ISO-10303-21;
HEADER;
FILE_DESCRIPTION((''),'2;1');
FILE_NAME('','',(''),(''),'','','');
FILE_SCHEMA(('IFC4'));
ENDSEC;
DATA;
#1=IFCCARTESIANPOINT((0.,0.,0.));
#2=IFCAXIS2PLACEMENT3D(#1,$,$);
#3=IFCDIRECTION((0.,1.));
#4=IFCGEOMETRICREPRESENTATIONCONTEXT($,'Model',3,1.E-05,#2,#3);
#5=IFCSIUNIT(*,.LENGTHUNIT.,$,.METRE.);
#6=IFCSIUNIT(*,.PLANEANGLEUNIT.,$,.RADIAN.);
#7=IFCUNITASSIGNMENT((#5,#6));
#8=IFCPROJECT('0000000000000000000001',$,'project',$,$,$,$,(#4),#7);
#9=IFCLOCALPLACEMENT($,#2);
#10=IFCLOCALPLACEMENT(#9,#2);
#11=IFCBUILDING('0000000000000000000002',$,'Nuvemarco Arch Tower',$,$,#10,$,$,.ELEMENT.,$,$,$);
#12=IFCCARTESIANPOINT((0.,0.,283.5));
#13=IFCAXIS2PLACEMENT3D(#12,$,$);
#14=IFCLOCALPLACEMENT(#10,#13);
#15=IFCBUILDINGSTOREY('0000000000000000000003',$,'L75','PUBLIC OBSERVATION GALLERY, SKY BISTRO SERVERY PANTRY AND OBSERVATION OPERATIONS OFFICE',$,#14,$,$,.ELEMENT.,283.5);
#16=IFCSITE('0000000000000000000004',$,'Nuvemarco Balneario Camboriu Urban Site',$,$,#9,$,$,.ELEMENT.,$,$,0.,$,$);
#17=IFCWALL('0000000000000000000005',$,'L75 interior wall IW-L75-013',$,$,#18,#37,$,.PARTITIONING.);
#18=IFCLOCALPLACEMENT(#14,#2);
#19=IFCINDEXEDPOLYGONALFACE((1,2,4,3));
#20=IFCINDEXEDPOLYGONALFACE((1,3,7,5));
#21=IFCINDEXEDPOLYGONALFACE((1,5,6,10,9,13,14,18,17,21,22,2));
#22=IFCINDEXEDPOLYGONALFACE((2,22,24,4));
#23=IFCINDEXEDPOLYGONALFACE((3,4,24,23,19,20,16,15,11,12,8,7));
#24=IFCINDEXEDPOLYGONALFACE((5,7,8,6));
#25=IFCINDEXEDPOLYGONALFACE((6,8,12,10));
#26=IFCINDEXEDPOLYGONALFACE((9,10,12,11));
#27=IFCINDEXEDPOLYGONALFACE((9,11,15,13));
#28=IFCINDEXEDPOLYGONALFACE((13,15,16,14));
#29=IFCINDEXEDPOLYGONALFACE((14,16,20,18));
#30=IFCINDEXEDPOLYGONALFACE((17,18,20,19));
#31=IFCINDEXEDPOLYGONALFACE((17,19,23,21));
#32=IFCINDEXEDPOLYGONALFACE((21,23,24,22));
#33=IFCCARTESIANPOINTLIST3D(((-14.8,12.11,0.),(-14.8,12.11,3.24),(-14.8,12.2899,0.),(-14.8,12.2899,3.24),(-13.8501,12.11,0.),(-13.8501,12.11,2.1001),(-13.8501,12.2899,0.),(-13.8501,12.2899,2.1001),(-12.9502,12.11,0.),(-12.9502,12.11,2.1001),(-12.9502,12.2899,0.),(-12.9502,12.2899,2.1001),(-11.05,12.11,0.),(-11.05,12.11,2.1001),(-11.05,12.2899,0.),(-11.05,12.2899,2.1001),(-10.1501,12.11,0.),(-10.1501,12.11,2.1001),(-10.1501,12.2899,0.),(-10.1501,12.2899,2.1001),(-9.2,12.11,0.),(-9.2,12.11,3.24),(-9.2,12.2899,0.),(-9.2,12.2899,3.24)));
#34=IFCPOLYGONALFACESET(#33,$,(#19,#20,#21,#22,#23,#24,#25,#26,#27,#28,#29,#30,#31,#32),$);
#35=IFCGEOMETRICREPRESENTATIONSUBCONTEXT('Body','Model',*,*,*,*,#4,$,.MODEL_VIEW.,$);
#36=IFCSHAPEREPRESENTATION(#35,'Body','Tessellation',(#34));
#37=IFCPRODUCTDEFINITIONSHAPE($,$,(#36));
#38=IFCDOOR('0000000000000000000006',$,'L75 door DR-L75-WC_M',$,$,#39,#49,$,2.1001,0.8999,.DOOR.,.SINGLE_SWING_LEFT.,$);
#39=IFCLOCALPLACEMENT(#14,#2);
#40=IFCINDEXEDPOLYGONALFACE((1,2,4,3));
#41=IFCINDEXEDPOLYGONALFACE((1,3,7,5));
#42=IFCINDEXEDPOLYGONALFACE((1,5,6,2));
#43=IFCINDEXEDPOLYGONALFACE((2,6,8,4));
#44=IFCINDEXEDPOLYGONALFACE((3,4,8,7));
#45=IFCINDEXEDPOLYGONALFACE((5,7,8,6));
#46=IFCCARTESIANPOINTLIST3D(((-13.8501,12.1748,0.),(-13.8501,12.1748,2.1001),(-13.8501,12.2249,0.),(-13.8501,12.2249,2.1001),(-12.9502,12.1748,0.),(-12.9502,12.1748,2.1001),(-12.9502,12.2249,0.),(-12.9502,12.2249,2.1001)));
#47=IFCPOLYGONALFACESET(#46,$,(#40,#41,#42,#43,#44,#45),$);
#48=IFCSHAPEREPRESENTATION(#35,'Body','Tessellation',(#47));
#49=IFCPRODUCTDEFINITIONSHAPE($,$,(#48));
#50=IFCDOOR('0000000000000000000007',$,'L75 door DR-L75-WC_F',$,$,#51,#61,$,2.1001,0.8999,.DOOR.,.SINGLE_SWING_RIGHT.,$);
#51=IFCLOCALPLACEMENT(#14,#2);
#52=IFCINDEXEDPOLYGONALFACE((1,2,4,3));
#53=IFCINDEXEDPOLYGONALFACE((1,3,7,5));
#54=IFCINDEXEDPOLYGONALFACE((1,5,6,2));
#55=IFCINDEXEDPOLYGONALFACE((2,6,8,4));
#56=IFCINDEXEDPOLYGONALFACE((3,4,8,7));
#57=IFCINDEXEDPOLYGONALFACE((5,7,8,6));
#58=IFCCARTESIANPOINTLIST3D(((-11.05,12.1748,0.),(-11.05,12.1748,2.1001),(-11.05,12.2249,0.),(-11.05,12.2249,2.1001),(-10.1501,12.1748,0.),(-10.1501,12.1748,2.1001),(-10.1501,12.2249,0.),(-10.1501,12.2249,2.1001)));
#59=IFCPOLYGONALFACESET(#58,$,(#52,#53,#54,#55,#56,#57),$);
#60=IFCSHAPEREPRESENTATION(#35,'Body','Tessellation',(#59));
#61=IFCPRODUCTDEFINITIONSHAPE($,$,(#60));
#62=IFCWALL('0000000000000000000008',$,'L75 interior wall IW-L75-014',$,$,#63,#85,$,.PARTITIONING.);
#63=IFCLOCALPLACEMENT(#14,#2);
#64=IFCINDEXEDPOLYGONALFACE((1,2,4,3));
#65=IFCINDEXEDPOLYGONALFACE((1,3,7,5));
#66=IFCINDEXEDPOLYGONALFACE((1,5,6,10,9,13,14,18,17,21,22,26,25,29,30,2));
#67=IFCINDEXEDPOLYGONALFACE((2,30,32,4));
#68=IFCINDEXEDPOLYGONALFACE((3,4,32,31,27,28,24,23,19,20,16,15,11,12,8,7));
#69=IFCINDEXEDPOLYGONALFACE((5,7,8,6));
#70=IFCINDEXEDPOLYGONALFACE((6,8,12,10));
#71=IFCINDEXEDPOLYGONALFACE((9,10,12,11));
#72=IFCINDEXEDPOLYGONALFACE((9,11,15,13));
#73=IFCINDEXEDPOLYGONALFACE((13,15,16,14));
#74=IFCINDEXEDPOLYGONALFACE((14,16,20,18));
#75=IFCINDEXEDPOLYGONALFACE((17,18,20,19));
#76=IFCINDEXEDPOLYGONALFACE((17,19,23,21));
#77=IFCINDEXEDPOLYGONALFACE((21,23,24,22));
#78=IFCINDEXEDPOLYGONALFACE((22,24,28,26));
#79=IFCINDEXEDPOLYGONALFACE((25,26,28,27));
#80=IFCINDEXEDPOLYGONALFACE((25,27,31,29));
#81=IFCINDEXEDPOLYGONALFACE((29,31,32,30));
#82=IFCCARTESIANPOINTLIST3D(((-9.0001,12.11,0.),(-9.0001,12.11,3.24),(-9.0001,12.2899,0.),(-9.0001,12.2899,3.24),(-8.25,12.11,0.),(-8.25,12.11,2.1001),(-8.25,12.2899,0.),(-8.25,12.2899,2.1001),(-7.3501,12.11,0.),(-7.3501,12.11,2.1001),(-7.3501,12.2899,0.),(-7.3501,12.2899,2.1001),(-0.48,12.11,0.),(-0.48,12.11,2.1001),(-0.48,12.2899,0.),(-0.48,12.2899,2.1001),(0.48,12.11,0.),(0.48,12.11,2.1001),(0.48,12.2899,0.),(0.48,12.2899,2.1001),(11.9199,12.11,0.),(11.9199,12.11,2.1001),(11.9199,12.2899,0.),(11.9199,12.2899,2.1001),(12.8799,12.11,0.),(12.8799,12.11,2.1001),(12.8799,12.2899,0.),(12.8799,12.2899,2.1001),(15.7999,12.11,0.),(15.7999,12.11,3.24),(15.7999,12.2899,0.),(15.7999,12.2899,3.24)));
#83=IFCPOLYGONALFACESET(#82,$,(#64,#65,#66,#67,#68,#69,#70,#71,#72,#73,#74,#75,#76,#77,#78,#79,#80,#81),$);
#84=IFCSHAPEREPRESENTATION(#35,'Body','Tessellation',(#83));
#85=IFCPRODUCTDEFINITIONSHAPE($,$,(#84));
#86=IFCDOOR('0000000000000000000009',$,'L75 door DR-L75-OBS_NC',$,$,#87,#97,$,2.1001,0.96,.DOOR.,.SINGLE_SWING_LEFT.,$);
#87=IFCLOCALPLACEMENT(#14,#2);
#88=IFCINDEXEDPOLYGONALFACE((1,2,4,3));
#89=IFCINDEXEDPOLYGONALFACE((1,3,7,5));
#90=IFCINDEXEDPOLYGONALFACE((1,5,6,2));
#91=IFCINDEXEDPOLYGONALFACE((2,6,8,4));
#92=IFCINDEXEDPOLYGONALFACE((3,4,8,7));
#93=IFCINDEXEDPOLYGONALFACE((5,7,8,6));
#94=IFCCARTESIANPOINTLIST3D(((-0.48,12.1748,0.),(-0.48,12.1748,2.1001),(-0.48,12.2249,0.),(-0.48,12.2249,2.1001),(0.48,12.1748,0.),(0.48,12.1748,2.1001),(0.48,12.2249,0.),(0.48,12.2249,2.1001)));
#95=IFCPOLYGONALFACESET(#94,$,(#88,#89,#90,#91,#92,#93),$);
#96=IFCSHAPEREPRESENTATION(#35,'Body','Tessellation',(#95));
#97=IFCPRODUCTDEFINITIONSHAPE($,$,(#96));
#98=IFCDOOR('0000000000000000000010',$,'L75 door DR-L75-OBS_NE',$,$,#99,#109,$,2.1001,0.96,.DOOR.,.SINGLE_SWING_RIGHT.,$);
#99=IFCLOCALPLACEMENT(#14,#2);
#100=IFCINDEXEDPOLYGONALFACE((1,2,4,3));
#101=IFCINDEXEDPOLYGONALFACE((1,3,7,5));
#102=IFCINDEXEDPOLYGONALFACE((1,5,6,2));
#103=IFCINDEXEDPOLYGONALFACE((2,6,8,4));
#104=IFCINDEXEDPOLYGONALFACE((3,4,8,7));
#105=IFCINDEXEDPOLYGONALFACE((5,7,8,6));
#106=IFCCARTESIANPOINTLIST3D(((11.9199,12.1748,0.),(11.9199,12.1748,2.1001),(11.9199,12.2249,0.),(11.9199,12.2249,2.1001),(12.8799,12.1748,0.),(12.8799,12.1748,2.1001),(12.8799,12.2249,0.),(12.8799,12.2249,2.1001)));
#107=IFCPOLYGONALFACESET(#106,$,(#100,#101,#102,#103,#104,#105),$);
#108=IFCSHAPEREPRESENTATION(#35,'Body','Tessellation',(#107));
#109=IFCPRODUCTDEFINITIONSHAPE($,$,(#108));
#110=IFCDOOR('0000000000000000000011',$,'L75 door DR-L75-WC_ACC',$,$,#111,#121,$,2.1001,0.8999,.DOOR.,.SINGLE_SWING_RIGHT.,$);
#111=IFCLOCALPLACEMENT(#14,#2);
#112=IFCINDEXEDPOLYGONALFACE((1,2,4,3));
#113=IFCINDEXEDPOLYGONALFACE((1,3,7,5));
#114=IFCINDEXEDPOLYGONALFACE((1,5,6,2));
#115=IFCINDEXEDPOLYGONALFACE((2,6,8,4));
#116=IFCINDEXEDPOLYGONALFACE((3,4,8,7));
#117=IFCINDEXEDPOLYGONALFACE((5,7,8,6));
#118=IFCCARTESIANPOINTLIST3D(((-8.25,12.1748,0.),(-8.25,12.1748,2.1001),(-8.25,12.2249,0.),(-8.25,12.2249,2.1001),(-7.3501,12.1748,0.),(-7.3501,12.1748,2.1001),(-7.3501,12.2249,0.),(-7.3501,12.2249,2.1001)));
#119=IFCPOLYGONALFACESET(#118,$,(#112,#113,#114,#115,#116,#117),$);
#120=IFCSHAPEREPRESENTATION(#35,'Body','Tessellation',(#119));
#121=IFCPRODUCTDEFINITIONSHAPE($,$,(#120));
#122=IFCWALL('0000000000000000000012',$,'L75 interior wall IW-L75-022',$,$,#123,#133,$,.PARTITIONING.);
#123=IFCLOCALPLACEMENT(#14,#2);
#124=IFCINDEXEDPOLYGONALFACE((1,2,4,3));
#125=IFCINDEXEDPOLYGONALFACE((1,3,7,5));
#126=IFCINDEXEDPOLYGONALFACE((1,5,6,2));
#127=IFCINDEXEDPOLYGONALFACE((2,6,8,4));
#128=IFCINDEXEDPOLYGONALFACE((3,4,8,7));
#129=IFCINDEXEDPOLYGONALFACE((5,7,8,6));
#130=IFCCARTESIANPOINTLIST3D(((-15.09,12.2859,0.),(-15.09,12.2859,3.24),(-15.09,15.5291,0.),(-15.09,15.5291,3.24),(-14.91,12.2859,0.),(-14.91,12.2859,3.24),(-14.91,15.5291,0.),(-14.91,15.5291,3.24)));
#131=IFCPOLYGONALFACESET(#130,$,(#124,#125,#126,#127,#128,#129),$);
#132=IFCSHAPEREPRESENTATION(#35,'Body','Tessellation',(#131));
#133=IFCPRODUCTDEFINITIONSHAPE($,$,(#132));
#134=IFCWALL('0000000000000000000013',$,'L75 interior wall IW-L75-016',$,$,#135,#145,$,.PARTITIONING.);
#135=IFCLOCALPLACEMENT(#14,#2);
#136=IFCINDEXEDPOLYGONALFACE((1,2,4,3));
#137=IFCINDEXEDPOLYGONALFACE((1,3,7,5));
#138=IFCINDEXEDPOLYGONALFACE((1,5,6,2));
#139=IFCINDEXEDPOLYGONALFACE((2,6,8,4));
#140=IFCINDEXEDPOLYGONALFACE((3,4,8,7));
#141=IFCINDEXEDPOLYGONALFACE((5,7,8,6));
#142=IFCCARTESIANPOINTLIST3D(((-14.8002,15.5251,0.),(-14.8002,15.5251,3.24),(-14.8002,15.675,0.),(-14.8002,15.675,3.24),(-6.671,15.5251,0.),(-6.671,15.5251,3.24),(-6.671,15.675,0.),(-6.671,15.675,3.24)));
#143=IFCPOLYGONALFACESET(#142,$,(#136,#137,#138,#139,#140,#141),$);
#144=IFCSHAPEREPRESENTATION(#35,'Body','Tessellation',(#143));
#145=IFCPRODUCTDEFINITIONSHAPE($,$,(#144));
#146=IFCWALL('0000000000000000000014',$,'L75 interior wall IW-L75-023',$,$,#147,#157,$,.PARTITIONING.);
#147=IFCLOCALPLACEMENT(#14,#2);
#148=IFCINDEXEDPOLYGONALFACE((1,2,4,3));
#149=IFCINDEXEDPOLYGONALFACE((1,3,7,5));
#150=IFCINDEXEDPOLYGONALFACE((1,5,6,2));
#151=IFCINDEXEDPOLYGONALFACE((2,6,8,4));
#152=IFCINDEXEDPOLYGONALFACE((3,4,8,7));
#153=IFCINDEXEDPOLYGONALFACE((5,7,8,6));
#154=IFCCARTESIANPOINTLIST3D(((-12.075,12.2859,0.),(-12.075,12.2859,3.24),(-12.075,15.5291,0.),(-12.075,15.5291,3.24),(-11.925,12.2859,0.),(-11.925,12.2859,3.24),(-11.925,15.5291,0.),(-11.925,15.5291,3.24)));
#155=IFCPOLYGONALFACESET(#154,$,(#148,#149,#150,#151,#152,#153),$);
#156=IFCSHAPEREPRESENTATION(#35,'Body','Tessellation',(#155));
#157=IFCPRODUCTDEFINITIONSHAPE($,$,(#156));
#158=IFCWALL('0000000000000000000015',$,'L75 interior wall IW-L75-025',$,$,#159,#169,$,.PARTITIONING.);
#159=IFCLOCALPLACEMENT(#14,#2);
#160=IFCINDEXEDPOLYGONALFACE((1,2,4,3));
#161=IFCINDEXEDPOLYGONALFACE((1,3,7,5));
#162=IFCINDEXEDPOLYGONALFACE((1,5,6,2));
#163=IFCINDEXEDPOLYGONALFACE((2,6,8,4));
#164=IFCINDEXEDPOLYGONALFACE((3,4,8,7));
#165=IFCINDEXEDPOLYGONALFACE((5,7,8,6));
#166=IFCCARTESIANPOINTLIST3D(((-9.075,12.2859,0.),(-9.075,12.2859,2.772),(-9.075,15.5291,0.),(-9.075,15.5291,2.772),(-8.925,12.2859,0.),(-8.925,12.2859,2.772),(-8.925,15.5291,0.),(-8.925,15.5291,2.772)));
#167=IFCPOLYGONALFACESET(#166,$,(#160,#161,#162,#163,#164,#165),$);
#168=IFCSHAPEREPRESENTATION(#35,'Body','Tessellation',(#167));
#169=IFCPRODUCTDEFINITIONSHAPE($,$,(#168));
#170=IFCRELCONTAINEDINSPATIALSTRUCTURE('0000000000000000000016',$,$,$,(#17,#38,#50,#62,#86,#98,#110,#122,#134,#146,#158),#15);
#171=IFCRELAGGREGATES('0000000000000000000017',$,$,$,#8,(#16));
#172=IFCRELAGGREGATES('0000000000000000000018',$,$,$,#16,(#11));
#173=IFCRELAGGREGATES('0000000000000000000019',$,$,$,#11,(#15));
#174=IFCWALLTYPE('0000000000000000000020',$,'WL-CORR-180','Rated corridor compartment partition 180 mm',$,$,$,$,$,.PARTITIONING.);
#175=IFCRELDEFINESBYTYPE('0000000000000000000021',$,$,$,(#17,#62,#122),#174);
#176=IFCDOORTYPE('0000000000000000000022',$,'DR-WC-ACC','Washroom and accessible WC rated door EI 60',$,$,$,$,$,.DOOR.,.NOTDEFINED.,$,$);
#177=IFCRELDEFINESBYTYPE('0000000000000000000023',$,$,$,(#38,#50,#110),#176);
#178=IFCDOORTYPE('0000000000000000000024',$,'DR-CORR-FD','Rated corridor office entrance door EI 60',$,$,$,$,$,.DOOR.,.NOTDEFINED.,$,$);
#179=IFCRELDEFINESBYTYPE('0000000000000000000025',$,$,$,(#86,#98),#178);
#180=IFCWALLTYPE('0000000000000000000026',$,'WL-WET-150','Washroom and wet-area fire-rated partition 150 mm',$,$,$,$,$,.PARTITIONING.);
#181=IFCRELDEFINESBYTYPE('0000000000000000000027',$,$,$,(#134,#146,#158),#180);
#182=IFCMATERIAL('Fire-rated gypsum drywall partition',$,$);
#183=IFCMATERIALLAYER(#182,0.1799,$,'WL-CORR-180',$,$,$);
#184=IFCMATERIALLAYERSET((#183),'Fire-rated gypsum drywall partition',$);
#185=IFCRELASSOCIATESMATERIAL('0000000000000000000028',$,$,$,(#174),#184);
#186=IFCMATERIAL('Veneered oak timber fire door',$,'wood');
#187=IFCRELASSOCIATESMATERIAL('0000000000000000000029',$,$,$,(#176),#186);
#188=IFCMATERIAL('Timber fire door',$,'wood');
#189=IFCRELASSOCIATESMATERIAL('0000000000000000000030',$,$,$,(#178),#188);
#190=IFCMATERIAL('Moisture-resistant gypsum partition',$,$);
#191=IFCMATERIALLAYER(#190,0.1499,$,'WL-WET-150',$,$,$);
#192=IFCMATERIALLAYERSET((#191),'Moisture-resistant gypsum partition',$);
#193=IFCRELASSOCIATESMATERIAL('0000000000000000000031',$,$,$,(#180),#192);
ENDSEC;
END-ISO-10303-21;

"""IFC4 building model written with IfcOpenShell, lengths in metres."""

from ifc_helpers import new_model, si_unit, direction, frame, frame_2d, origin, place, context, subcontext, project, spatial, rectangle, extrude, source, transform, mapped, material, layer, layer_set, type_object, type_shapes, element, fill, save


model = new_model("IFC4")

# Units and contexts
model_context = context("Model", 3, precision=1e-05, world=origin(), true_north=direction((0.0, 1.0)))
body_context = subcontext(model_context, "Body", "Model", "MODEL_VIEW")
ifc_project = project(units=[si_unit("LENGTHUNIT", "METRE"), si_unit("PLANEANGLEUNIT", "RADIAN")], contexts=[model_context])

# Site, building, storey
site_placement = place(None, origin())
site = spatial("IfcSite", under=ifc_project, at=site_placement, Name="Nuvemarco Balneario Camboriu Urban Site", CompositionType="ELEMENT", RefElevation=0.0)
building_placement = place(site_placement, origin())
building = spatial("IfcBuilding", under=site, at=building_placement, Name="Nuvemarco Arch Tower", CompositionType="ELEMENT")
storey_placement = place(building_placement, frame((0.0, 0.0, 283.5)))
storey = spatial("IfcBuildingStorey", under=building, at=storey_placement, Name="L75", Description="PUBLIC OBSERVATION GALLERY, SKY BISTRO SERVERY PANTRY AND OBSERVATION OPERATIONS OFFICE", CompositionType="ELEMENT", Elevation=283.5)

# Walls, openings, doors
ifc_material_1 = material(Name="Fire-rated gypsum drywall partition")
ifc_layer_1 = layer(ifc_material_1, 0.1799, Name="WL-CORR-180")
ifc_layer_set_1 = layer_set([ifc_layer_1], Name="Fire-rated gypsum drywall partition")
wall_type_1 = type_object("IfcWallType", Name="WL-CORR-180", Description="Rated corridor compartment partition 180 mm", PredefinedType="PARTITIONING", material=ifc_layer_set_1)
wall_1_placement = place(storey_placement, frame((-14.8, 12.2, 0.0), z_axis=(0.0, 0.0, 1.0), x_axis=(1.0, 0.0, 0.0)))
wall_1 = element("IfcWall", 1, at=wall_1_placement, inside=storey, type_object=wall_type_1, Name="L75 interior wall IW-L75-013", PredefinedType="PARTITIONING", context=body_context, shape_type="SweptSolid", body=[
    extrude(rectangle(XDim=5.6001, YDim=0.1799, at=frame_2d((2.8, 0.0))), origin(), (0.0, 0.0, 1.0), 3.24),
])
opening_1_placement = place(wall_1_placement, frame((0.95, 0.0, 0.0)))
opening_1 = element("IfcOpeningElement", 2, at=opening_1_placement, cuts=wall_1, PredefinedType="OPENING", context=body_context, shape_type="SweptSolid", body=[
    extrude(rectangle(XDim=0.8999, YDim=2.1001, at=frame_2d((0.45, 1.05))), frame((0.0, 0.0999, 0.0), z_axis=(0.0, -1.0, 0.0), x_axis=(1.0, 0.0, 0.0)), (0.0, 0.0, 1.0), 0.2),
])
opening_2_placement = place(wall_1_placement, frame((3.75, 0.0, 0.0)))
opening_2 = element("IfcOpeningElement", 3, at=opening_2_placement, cuts=wall_1, PredefinedType="OPENING", context=body_context, shape_type="SweptSolid", body=[
    extrude(rectangle(XDim=0.8999, YDim=2.1001, at=frame_2d((0.45, 1.05))), frame((0.0, 0.0999, 0.0), z_axis=(0.0, -1.0, 0.0), x_axis=(1.0, 0.0, 0.0)), (0.0, 0.0, 1.0), 0.2),
])
ifc_material_2 = material(Name="Veneered oak timber fire door", Category="wood")
door_type_1 = type_object("IfcDoorType", Name="DR-WC-ACC", Description="Washroom and accessible WC rated door EI 60", OperationType="NOTDEFINED", PredefinedType="DOOR", material=ifc_material_2)
shared_shape_1 = source(origin(), body_context, "Body", "SweptSolid", [
    extrude(rectangle(XDim=0.8999, YDim=2.1001, at=frame_2d((0.45, 1.05))), frame((0.0, 0.0249, 0.0), z_axis=(0.0, -1.0, 0.0), x_axis=(1.0, 0.0, 0.0)), (0.0, 0.0, 1.0), 0.05),
])
type_shapes(door_type_1, [shared_shape_1])
door_1_placement = place(opening_1_placement, origin())
door_1 = element("IfcDoor", 4, at=door_1_placement, inside=storey, type_object=door_type_1, Name="L75 door DR-L75-WC_M", OperationType="SINGLE_SWING_LEFT", OverallHeight=2.1001, OverallWidth=0.8999, PredefinedType="DOOR", context=body_context, shape_type="MappedRepresentation", body=[
    mapped(shared_shape_1, transform((0.0, 0.0, 0.0), scale=1.0)),
])
fill(opening_1, door_1)
door_2_placement = place(opening_2_placement, origin())
door_2 = element("IfcDoor", 5, at=door_2_placement, inside=storey, type_object=door_type_1, Name="L75 door DR-L75-WC_F", OperationType="SINGLE_SWING_RIGHT", OverallHeight=2.1001, OverallWidth=0.8999, PredefinedType="DOOR", context=body_context, shape_type="MappedRepresentation", body=[
    mapped(shared_shape_1, transform((0.0, 0.0, 0.0), scale=1.0)),
])
fill(opening_2, door_2)
wall_2_placement = place(storey_placement, frame((-9.0, 12.2, 0.0), z_axis=(0.0, 0.0, 1.0), x_axis=(1.0, 0.0, 0.0)))
wall_2 = element("IfcWall", 6, at=wall_2_placement, inside=storey, type_object=wall_type_1, Name="L75 interior wall IW-L75-014", PredefinedType="PARTITIONING", context=body_context, shape_type="SweptSolid", body=[
    extrude(rectangle(XDim=24.8, YDim=0.1799, at=frame_2d((12.3999, 0.0))), origin(), (0.0, 0.0, 1.0), 3.24),
])
opening_3_placement = place(wall_2_placement, frame((8.52, 0.0, 0.0)))
opening_3 = element("IfcOpeningElement", 7, at=opening_3_placement, cuts=wall_2, PredefinedType="OPENING", context=body_context, shape_type="SweptSolid", body=[
    extrude(rectangle(XDim=0.96, YDim=2.1001, at=frame_2d((0.48, 1.05))), frame((0.0, 0.0999, 0.0), z_axis=(0.0, -1.0, 0.0), x_axis=(1.0, 0.0, 0.0)), (0.0, 0.0, 1.0), 0.2),
])
opening_4_placement = place(wall_2_placement, frame((20.9199, 0.0, 0.0)))
opening_4 = element("IfcOpeningElement", 8, at=opening_4_placement, cuts=wall_2, PredefinedType="OPENING", context=body_context, shape_type="SweptSolid", body=[
    extrude(rectangle(XDim=0.96, YDim=2.1001, at=frame_2d((0.48, 1.05))), frame((0.0, 0.0999, 0.0), z_axis=(0.0, -1.0, 0.0), x_axis=(1.0, 0.0, 0.0)), (0.0, 0.0, 1.0), 0.2),
])
opening_5_placement = place(wall_2_placement, frame((0.75, 0.0, 0.0)))
opening_5 = element("IfcOpeningElement", 9, at=opening_5_placement, cuts=wall_2, PredefinedType="OPENING", context=body_context, shape_type="SweptSolid", body=[
    extrude(rectangle(XDim=0.8999, YDim=2.1001, at=frame_2d((0.45, 1.05))), frame((0.0, 0.0999, 0.0), z_axis=(0.0, -1.0, 0.0), x_axis=(1.0, 0.0, 0.0)), (0.0, 0.0, 1.0), 0.2),
])
ifc_material_3 = material(Name="Timber fire door", Category="wood")
door_type_2 = type_object("IfcDoorType", Name="DR-CORR-FD", Description="Rated corridor office entrance door EI 60", OperationType="NOTDEFINED", PredefinedType="DOOR", material=ifc_material_3)
shared_shape_2 = source(origin(), body_context, "Body", "SweptSolid", [
    extrude(rectangle(XDim=0.96, YDim=2.1001, at=frame_2d((0.48, 1.05))), frame((0.0, 0.0249, 0.0), z_axis=(0.0, -1.0, 0.0), x_axis=(1.0, 0.0, 0.0)), (0.0, 0.0, 1.0), 0.05),
])
type_shapes(door_type_2, [shared_shape_2])
door_3_placement = place(opening_3_placement, origin())
door_3 = element("IfcDoor", 10, at=door_3_placement, inside=storey, type_object=door_type_2, Name="L75 door DR-L75-OBS_NC", OperationType="SINGLE_SWING_LEFT", OverallHeight=2.1001, OverallWidth=0.96, PredefinedType="DOOR", context=body_context, shape_type="MappedRepresentation", body=[
    mapped(shared_shape_2, transform((0.0, 0.0, 0.0), scale=1.0)),
])
fill(opening_3, door_3)
door_4_placement = place(opening_4_placement, origin())
door_4 = element("IfcDoor", 11, at=door_4_placement, inside=storey, type_object=door_type_2, Name="L75 door DR-L75-OBS_NE", OperationType="SINGLE_SWING_RIGHT", OverallHeight=2.1001, OverallWidth=0.96, PredefinedType="DOOR", context=body_context, shape_type="MappedRepresentation", body=[
    mapped(shared_shape_2, transform((0.0, 0.0, 0.0), scale=1.0)),
])
fill(opening_4, door_4)
door_5_placement = place(opening_5_placement, origin())
door_5 = element("IfcDoor", 12, at=door_5_placement, inside=storey, type_object=door_type_1, Name="L75 door DR-L75-WC_ACC", OperationType="SINGLE_SWING_RIGHT", OverallHeight=2.1001, OverallWidth=0.8999, PredefinedType="DOOR", context=body_context, shape_type="MappedRepresentation", body=[
    mapped(shared_shape_1, transform((0.0, 0.0, 0.0), scale=1.0)),
])
fill(opening_5, door_5)

# Walls
wall_3_placement = place(storey_placement, frame((-15.0, 12.2859, 0.0), z_axis=(0.0, 0.0, 1.0), x_axis=(0.0, 1.0, 0.0)))
element("IfcWall", 13, at=wall_3_placement, inside=storey, type_object=wall_type_1, Name="L75 interior wall IW-L75-022", PredefinedType="PARTITIONING", context=body_context, shape_type="SweptSolid", body=[
    extrude(rectangle(XDim=3.2432, YDim=0.1799, at=frame_2d((1.6216, 0.0))), origin(), (0.0, 0.0, 1.0), 3.24),
])
ifc_material_4 = material(Name="Moisture-resistant gypsum partition")
ifc_layer_2 = layer(ifc_material_4, 0.1499, Name="WL-WET-150")
ifc_layer_set_2 = layer_set([ifc_layer_2], Name="Moisture-resistant gypsum partition")
wall_type_2 = type_object("IfcWallType", Name="WL-WET-150", Description="Washroom and wet-area fire-rated partition 150 mm", PredefinedType="PARTITIONING", material=ifc_layer_set_2)
wall_4_placement = place(storey_placement, frame((-14.8, 15.6001, 0.0), z_axis=(0.0, 0.0, 1.0), x_axis=(1.0, 0.0, 0.0)))
element("IfcWall", 14, at=wall_4_placement, inside=storey, type_object=wall_type_2, Name="L75 interior wall IW-L75-016", PredefinedType="PARTITIONING", context=body_context, shape_type="SweptSolid", body=[
    extrude(rectangle(XDim=8.1292, YDim=0.1499, at=frame_2d((4.0645, 0.0))), origin(), (0.0, 0.0, 1.0), 3.24),
])
wall_5_placement = place(storey_placement, frame((-12.0, 12.2859, 0.0), z_axis=(0.0, 0.0, 1.0), x_axis=(0.0, 1.0, 0.0)))
element("IfcWall", 15, at=wall_5_placement, inside=storey, type_object=wall_type_2, Name="L75 interior wall IW-L75-023", PredefinedType="PARTITIONING", context=body_context, shape_type="SweptSolid", body=[
    extrude(rectangle(XDim=3.2432, YDim=0.1499, at=frame_2d((1.6216, 0.0))), origin(), (0.0, 0.0, 1.0), 3.24),
])
wall_6_placement = place(storey_placement, frame((-9.0, 12.2859, 0.0), z_axis=(0.0, 0.0, 1.0), x_axis=(0.0, 1.0, 0.0)))
element("IfcWall", 16, at=wall_6_placement, inside=storey, type_object=wall_type_2, Name="L75 interior wall IW-L75-025", PredefinedType="PARTITIONING", context=body_context, shape_type="SweptSolid", body=[
    extrude(rectangle(XDim=3.2432, YDim=0.1499, at=frame_2d((1.6216, 0.0))), origin(), (0.0, 0.0, 1.0), 2.772),
])

save(model, "model.ifc")
